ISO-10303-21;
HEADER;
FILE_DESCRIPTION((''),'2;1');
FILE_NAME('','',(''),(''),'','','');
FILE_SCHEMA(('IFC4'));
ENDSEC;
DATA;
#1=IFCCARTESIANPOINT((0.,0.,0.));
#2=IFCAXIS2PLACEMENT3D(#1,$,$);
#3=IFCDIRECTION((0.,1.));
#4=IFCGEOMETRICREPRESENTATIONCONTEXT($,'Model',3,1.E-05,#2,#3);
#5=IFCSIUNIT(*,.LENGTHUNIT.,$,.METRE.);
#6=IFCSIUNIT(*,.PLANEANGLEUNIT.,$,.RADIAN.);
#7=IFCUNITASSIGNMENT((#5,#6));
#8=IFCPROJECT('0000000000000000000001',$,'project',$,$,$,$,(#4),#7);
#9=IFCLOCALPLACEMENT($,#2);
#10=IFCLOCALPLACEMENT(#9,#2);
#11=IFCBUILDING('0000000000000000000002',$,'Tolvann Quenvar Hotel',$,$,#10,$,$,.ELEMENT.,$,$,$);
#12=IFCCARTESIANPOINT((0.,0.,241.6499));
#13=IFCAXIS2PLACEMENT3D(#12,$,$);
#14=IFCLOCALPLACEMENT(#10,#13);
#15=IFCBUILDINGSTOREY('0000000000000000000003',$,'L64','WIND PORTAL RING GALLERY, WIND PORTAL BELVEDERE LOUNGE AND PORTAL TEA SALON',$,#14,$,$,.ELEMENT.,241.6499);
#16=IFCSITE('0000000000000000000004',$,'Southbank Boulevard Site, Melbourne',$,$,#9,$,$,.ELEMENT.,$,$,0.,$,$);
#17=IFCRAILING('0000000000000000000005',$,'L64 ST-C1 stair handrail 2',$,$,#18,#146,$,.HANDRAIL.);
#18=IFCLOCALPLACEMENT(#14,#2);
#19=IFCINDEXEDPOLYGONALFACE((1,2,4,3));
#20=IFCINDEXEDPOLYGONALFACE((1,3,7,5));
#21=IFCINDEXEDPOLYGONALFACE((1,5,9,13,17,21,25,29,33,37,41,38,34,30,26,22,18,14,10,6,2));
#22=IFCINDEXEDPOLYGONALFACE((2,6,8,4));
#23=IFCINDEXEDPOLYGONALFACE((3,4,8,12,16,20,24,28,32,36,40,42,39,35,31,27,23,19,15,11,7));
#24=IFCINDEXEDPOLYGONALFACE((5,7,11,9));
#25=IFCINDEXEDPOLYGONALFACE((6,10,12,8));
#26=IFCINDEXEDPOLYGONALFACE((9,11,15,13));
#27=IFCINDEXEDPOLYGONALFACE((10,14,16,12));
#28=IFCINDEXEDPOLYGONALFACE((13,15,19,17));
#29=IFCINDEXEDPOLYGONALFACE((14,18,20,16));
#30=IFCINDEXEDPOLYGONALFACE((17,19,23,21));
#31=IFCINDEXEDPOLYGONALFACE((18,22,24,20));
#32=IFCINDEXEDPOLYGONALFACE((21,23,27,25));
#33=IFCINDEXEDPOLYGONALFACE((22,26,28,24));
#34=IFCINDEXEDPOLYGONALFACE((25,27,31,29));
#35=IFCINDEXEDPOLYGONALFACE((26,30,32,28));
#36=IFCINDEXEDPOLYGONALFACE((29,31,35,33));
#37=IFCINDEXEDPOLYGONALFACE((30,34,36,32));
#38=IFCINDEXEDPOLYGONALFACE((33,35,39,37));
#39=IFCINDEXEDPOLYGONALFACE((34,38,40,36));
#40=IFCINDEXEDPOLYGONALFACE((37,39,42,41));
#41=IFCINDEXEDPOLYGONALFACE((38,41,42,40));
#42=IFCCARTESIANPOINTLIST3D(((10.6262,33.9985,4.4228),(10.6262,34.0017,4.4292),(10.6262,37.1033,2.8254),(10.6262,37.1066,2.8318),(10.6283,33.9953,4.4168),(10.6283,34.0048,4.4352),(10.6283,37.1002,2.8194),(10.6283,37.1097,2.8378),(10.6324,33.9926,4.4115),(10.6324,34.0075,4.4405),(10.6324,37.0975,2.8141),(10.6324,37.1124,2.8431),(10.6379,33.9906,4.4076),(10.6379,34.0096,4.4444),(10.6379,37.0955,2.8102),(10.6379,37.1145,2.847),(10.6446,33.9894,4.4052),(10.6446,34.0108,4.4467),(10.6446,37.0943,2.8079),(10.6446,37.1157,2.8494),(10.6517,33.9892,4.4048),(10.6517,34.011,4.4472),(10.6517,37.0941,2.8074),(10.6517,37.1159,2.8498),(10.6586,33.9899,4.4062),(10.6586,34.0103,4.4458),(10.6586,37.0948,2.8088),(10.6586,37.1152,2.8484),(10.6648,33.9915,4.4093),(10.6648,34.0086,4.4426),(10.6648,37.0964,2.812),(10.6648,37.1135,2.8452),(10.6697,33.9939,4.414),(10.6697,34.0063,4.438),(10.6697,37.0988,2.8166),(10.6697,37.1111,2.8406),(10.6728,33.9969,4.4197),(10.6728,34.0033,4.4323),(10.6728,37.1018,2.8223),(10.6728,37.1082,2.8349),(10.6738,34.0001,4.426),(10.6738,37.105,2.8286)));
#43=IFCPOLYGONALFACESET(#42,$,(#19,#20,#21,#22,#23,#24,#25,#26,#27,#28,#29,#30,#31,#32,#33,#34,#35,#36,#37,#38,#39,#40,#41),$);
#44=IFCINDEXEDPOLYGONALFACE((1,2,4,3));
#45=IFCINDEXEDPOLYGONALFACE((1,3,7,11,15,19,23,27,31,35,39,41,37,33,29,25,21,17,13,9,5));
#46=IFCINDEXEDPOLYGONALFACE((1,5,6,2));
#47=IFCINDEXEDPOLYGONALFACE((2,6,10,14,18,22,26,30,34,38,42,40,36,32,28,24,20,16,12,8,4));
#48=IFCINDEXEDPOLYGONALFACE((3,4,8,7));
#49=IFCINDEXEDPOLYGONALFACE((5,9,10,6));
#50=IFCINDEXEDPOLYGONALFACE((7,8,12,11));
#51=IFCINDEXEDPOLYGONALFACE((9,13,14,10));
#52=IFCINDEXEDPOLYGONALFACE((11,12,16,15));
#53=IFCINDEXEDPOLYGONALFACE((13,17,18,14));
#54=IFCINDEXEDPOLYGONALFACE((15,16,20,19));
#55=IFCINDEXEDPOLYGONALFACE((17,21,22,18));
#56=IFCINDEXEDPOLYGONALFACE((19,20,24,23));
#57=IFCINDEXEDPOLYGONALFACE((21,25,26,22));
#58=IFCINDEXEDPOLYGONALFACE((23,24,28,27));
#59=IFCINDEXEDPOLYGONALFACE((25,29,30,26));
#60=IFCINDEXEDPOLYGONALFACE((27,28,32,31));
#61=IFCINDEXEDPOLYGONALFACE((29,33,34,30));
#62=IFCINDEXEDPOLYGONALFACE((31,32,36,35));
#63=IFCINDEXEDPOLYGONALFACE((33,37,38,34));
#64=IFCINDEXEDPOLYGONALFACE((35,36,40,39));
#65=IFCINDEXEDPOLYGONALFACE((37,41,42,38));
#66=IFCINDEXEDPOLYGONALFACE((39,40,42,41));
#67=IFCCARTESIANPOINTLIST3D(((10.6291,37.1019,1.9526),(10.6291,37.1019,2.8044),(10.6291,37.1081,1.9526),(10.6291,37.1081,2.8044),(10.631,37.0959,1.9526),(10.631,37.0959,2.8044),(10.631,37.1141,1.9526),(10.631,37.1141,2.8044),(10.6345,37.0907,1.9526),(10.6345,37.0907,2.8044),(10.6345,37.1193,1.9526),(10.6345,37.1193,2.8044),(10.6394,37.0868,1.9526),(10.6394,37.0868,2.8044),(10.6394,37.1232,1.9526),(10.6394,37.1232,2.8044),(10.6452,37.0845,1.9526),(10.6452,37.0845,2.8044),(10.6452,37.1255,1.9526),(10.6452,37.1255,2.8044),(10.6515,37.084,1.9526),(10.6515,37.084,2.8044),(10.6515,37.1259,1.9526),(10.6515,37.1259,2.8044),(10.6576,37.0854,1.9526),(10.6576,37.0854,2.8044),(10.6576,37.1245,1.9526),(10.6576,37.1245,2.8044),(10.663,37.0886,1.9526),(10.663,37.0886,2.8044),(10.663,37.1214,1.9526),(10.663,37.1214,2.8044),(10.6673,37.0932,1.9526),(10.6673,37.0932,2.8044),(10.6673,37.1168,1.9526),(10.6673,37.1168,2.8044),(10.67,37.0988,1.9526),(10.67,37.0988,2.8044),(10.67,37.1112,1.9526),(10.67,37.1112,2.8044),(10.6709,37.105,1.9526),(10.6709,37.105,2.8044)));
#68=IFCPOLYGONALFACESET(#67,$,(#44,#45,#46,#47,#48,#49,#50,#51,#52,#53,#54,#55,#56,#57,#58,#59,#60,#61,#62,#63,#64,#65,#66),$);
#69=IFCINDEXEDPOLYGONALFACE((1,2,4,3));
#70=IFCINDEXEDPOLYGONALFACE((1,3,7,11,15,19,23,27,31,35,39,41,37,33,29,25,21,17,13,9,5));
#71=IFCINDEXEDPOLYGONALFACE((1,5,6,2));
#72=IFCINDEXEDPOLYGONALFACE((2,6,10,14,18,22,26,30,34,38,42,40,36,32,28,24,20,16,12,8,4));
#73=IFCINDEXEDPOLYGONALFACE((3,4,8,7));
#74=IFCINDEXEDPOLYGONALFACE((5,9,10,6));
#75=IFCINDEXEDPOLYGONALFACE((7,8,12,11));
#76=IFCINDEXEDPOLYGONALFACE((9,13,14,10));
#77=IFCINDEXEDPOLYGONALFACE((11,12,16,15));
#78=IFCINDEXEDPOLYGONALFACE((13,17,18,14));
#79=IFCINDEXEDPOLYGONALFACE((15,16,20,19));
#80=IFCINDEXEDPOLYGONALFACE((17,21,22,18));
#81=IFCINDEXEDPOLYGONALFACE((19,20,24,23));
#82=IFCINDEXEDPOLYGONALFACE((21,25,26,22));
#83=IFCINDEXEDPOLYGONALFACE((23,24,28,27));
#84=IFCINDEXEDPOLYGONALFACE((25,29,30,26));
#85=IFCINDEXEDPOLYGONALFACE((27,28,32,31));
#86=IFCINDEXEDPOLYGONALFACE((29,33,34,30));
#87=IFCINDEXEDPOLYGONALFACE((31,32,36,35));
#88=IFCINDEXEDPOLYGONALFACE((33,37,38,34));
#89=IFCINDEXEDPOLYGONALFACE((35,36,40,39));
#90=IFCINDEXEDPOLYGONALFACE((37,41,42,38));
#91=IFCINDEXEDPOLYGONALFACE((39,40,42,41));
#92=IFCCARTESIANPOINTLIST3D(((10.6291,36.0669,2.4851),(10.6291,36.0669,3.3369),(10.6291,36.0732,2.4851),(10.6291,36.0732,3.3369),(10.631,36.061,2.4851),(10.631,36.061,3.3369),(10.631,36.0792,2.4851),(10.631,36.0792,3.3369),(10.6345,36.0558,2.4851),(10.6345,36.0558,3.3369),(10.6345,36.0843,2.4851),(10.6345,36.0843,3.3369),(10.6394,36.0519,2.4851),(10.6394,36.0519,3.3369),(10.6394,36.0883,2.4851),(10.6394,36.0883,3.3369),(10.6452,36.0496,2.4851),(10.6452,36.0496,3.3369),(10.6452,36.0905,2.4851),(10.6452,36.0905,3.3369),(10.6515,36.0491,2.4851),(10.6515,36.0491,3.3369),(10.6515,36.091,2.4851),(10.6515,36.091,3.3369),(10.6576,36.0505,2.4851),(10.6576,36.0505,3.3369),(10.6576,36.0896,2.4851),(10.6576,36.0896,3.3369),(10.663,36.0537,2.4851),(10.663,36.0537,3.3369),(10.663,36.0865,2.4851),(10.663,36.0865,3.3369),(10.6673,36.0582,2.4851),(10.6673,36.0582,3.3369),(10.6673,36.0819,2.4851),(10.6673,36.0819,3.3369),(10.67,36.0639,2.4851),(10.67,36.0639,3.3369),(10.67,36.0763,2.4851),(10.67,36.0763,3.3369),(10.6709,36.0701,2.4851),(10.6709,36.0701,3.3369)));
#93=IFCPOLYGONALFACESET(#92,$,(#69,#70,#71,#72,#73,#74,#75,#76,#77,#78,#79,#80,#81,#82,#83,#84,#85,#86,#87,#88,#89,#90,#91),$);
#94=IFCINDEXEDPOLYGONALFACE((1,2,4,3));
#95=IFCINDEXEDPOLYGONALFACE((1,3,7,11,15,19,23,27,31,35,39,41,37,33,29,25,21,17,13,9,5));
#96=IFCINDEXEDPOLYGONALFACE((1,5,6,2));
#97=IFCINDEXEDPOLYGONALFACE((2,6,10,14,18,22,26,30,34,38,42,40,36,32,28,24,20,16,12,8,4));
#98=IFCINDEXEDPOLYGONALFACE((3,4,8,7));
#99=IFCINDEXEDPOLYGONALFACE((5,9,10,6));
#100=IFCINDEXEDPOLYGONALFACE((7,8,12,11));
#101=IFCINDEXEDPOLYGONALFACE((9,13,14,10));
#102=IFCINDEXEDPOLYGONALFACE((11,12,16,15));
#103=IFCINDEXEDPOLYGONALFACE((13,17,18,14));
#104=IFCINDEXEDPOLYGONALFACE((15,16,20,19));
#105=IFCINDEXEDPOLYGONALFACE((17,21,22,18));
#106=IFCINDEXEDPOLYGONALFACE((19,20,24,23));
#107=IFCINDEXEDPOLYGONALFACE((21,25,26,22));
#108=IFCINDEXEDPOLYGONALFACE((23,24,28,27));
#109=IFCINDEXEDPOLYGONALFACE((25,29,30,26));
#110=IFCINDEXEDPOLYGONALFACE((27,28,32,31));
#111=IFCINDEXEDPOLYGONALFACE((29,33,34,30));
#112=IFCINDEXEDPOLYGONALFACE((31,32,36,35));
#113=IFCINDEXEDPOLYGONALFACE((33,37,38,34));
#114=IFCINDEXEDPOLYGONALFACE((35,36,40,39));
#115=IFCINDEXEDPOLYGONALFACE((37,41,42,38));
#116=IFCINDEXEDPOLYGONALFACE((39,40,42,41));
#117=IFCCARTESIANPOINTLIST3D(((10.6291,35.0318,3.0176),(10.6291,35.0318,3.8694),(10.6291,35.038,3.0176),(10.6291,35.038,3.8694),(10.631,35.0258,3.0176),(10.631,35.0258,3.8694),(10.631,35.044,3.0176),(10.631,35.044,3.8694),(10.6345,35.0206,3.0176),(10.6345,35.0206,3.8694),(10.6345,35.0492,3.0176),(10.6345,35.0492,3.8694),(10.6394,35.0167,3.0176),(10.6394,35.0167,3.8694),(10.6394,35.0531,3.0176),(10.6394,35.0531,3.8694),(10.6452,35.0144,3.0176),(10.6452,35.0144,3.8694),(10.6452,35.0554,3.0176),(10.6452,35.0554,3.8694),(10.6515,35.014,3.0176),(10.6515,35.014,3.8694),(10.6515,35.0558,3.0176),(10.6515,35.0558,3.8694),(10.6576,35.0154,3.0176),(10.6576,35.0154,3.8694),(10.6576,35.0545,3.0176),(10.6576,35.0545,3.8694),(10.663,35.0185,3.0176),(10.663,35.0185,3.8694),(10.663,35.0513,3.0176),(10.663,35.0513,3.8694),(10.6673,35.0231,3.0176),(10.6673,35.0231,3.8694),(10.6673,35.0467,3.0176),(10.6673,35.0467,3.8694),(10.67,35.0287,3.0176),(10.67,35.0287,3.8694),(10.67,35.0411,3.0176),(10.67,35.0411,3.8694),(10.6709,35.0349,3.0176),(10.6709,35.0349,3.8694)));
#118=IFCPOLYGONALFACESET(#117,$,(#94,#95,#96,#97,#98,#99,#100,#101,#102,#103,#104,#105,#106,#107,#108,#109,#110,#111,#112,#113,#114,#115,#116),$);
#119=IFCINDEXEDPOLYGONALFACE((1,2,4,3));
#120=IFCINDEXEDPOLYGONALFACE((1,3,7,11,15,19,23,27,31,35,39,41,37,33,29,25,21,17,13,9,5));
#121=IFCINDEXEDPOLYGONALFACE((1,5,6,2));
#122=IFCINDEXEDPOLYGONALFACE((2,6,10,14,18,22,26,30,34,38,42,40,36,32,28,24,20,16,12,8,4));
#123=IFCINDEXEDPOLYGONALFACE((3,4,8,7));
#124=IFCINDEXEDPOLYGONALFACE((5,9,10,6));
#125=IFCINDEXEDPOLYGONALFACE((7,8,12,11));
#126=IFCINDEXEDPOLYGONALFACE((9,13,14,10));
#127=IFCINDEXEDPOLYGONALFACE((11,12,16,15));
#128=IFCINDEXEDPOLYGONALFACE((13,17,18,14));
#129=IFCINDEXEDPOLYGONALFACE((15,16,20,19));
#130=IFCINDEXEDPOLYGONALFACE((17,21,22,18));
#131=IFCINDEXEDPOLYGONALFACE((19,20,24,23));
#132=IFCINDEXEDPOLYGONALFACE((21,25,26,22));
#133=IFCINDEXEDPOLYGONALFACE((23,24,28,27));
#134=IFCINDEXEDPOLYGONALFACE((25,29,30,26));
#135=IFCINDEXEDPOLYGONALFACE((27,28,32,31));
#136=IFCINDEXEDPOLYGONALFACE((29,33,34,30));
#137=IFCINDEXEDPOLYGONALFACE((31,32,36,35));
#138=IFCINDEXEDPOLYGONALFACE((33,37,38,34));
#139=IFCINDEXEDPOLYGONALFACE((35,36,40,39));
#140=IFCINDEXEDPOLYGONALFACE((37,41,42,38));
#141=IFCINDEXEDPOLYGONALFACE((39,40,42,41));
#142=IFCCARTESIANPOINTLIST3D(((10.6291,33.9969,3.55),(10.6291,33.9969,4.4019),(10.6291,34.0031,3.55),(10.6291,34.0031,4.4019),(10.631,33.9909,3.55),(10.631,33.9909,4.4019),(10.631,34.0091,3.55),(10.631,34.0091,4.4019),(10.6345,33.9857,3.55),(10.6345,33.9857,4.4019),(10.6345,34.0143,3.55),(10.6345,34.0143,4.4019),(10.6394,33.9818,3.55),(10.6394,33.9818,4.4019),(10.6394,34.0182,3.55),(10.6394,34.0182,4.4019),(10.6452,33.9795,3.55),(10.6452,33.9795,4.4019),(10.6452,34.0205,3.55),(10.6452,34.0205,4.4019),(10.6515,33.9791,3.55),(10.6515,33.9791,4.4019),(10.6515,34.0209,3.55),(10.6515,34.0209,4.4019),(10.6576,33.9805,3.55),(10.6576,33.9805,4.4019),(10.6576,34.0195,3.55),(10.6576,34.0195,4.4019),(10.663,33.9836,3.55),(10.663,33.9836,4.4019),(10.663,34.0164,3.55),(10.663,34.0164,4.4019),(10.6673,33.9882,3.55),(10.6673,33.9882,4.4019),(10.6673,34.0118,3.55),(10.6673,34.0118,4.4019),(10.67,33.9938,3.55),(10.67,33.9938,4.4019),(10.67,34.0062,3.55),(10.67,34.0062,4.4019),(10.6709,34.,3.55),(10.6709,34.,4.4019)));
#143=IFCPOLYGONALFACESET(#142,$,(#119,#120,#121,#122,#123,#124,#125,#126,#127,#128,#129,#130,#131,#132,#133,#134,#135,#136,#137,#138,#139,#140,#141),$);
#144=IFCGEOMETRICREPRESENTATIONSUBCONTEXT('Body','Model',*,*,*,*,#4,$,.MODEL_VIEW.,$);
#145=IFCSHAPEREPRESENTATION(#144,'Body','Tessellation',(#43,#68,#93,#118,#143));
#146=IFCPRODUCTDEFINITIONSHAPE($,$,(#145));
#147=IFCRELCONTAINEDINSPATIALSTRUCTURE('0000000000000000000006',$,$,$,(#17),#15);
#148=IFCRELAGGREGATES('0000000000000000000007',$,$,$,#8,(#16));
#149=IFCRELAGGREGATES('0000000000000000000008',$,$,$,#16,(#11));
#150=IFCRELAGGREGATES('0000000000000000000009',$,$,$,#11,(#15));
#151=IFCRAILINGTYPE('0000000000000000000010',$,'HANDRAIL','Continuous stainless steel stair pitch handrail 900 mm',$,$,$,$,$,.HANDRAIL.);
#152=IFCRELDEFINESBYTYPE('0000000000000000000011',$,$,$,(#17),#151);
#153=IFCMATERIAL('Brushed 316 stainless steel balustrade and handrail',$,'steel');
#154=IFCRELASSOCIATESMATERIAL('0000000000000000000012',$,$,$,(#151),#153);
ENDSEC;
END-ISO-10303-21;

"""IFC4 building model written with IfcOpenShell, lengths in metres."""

from ifc_helpers import new_model, si_unit, direction, frame, origin, origin_2d, place, context, subcontext, project, spatial, circle, extrude, material, type_object, element, save


model = new_model("IFC4")

# Units and contexts
model_context = context("Model", 3, precision=1e-05, world=origin(), true_north=direction((0.0, 1.0)))
body_context = subcontext(model_context, "Body", "Model", "MODEL_VIEW")
ifc_project = project(units=[si_unit("LENGTHUNIT", "METRE"), si_unit("PLANEANGLEUNIT", "RADIAN")], contexts=[model_context])

# Site, building, storey
site_placement = place(None, origin())
site = spatial("IfcSite", under=ifc_project, at=site_placement, Name="Southbank Boulevard Site, Melbourne", CompositionType="ELEMENT", RefElevation=0.0)
building_placement = place(site_placement, origin())
building = spatial("IfcBuilding", under=site, at=building_placement, Name="Tolvann Quenvar Hotel", CompositionType="ELEMENT")
storey_placement = place(building_placement, frame((0.0, 0.0, 241.6499)))
storey = spatial("IfcBuildingStorey", under=building, at=storey_placement, Name="L64", Description="WIND PORTAL RING GALLERY, WIND PORTAL BELVEDERE LOUNGE AND PORTAL TEA SALON", CompositionType="ELEMENT", Elevation=241.6499)

# Railing
ifc_material_1 = material(Name="Brushed 316 stainless steel balustrade and handrail", Category="steel")
railing_type_1 = type_object("IfcRailingType", Name="HANDRAIL", Description="Continuous stainless steel stair pitch handrail 900 mm", PredefinedType="HANDRAIL", material=ifc_material_1)
railing_1_placement = place(storey_placement, frame((10.6499, 37.105, 1.9526)))
element("IfcRailing", 1, at=railing_1_placement, inside=storey, type_object=railing_type_1, Name="L64 ST-C1 stair handrail 2", PredefinedType="HANDRAIL", context=body_context, shape_type="SweptSolid", body=[
    extrude(circle(Radius=0.0239, at=origin_2d()), frame((0.0, 0.0, 0.876), z_axis=(0.0, -0.889222, 0.457476), x_axis=(1.0, 0.0, 0.0)), (0.0, 0.0, 1.0), 3.4917),
    extrude(circle(Radius=0.021, at=origin_2d()), origin(), (0.0, 0.0, 1.0), 0.8518),
    extrude(circle(Radius=0.021, at=origin_2d()), frame((0.0, -1.0349, 0.5325)), (0.0, 0.0, 1.0), 0.8518),
    extrude(circle(Radius=0.021, at=origin_2d()), frame((0.0, -2.0701, 1.0649)), (0.0, 0.0, 1.0), 0.8518),
    extrude(circle(Radius=0.021, at=origin_2d()), frame((0.0, -3.105, 1.5974)), (0.0, 0.0, 1.0), 0.8518),
])

save(model, "model.ifc")
